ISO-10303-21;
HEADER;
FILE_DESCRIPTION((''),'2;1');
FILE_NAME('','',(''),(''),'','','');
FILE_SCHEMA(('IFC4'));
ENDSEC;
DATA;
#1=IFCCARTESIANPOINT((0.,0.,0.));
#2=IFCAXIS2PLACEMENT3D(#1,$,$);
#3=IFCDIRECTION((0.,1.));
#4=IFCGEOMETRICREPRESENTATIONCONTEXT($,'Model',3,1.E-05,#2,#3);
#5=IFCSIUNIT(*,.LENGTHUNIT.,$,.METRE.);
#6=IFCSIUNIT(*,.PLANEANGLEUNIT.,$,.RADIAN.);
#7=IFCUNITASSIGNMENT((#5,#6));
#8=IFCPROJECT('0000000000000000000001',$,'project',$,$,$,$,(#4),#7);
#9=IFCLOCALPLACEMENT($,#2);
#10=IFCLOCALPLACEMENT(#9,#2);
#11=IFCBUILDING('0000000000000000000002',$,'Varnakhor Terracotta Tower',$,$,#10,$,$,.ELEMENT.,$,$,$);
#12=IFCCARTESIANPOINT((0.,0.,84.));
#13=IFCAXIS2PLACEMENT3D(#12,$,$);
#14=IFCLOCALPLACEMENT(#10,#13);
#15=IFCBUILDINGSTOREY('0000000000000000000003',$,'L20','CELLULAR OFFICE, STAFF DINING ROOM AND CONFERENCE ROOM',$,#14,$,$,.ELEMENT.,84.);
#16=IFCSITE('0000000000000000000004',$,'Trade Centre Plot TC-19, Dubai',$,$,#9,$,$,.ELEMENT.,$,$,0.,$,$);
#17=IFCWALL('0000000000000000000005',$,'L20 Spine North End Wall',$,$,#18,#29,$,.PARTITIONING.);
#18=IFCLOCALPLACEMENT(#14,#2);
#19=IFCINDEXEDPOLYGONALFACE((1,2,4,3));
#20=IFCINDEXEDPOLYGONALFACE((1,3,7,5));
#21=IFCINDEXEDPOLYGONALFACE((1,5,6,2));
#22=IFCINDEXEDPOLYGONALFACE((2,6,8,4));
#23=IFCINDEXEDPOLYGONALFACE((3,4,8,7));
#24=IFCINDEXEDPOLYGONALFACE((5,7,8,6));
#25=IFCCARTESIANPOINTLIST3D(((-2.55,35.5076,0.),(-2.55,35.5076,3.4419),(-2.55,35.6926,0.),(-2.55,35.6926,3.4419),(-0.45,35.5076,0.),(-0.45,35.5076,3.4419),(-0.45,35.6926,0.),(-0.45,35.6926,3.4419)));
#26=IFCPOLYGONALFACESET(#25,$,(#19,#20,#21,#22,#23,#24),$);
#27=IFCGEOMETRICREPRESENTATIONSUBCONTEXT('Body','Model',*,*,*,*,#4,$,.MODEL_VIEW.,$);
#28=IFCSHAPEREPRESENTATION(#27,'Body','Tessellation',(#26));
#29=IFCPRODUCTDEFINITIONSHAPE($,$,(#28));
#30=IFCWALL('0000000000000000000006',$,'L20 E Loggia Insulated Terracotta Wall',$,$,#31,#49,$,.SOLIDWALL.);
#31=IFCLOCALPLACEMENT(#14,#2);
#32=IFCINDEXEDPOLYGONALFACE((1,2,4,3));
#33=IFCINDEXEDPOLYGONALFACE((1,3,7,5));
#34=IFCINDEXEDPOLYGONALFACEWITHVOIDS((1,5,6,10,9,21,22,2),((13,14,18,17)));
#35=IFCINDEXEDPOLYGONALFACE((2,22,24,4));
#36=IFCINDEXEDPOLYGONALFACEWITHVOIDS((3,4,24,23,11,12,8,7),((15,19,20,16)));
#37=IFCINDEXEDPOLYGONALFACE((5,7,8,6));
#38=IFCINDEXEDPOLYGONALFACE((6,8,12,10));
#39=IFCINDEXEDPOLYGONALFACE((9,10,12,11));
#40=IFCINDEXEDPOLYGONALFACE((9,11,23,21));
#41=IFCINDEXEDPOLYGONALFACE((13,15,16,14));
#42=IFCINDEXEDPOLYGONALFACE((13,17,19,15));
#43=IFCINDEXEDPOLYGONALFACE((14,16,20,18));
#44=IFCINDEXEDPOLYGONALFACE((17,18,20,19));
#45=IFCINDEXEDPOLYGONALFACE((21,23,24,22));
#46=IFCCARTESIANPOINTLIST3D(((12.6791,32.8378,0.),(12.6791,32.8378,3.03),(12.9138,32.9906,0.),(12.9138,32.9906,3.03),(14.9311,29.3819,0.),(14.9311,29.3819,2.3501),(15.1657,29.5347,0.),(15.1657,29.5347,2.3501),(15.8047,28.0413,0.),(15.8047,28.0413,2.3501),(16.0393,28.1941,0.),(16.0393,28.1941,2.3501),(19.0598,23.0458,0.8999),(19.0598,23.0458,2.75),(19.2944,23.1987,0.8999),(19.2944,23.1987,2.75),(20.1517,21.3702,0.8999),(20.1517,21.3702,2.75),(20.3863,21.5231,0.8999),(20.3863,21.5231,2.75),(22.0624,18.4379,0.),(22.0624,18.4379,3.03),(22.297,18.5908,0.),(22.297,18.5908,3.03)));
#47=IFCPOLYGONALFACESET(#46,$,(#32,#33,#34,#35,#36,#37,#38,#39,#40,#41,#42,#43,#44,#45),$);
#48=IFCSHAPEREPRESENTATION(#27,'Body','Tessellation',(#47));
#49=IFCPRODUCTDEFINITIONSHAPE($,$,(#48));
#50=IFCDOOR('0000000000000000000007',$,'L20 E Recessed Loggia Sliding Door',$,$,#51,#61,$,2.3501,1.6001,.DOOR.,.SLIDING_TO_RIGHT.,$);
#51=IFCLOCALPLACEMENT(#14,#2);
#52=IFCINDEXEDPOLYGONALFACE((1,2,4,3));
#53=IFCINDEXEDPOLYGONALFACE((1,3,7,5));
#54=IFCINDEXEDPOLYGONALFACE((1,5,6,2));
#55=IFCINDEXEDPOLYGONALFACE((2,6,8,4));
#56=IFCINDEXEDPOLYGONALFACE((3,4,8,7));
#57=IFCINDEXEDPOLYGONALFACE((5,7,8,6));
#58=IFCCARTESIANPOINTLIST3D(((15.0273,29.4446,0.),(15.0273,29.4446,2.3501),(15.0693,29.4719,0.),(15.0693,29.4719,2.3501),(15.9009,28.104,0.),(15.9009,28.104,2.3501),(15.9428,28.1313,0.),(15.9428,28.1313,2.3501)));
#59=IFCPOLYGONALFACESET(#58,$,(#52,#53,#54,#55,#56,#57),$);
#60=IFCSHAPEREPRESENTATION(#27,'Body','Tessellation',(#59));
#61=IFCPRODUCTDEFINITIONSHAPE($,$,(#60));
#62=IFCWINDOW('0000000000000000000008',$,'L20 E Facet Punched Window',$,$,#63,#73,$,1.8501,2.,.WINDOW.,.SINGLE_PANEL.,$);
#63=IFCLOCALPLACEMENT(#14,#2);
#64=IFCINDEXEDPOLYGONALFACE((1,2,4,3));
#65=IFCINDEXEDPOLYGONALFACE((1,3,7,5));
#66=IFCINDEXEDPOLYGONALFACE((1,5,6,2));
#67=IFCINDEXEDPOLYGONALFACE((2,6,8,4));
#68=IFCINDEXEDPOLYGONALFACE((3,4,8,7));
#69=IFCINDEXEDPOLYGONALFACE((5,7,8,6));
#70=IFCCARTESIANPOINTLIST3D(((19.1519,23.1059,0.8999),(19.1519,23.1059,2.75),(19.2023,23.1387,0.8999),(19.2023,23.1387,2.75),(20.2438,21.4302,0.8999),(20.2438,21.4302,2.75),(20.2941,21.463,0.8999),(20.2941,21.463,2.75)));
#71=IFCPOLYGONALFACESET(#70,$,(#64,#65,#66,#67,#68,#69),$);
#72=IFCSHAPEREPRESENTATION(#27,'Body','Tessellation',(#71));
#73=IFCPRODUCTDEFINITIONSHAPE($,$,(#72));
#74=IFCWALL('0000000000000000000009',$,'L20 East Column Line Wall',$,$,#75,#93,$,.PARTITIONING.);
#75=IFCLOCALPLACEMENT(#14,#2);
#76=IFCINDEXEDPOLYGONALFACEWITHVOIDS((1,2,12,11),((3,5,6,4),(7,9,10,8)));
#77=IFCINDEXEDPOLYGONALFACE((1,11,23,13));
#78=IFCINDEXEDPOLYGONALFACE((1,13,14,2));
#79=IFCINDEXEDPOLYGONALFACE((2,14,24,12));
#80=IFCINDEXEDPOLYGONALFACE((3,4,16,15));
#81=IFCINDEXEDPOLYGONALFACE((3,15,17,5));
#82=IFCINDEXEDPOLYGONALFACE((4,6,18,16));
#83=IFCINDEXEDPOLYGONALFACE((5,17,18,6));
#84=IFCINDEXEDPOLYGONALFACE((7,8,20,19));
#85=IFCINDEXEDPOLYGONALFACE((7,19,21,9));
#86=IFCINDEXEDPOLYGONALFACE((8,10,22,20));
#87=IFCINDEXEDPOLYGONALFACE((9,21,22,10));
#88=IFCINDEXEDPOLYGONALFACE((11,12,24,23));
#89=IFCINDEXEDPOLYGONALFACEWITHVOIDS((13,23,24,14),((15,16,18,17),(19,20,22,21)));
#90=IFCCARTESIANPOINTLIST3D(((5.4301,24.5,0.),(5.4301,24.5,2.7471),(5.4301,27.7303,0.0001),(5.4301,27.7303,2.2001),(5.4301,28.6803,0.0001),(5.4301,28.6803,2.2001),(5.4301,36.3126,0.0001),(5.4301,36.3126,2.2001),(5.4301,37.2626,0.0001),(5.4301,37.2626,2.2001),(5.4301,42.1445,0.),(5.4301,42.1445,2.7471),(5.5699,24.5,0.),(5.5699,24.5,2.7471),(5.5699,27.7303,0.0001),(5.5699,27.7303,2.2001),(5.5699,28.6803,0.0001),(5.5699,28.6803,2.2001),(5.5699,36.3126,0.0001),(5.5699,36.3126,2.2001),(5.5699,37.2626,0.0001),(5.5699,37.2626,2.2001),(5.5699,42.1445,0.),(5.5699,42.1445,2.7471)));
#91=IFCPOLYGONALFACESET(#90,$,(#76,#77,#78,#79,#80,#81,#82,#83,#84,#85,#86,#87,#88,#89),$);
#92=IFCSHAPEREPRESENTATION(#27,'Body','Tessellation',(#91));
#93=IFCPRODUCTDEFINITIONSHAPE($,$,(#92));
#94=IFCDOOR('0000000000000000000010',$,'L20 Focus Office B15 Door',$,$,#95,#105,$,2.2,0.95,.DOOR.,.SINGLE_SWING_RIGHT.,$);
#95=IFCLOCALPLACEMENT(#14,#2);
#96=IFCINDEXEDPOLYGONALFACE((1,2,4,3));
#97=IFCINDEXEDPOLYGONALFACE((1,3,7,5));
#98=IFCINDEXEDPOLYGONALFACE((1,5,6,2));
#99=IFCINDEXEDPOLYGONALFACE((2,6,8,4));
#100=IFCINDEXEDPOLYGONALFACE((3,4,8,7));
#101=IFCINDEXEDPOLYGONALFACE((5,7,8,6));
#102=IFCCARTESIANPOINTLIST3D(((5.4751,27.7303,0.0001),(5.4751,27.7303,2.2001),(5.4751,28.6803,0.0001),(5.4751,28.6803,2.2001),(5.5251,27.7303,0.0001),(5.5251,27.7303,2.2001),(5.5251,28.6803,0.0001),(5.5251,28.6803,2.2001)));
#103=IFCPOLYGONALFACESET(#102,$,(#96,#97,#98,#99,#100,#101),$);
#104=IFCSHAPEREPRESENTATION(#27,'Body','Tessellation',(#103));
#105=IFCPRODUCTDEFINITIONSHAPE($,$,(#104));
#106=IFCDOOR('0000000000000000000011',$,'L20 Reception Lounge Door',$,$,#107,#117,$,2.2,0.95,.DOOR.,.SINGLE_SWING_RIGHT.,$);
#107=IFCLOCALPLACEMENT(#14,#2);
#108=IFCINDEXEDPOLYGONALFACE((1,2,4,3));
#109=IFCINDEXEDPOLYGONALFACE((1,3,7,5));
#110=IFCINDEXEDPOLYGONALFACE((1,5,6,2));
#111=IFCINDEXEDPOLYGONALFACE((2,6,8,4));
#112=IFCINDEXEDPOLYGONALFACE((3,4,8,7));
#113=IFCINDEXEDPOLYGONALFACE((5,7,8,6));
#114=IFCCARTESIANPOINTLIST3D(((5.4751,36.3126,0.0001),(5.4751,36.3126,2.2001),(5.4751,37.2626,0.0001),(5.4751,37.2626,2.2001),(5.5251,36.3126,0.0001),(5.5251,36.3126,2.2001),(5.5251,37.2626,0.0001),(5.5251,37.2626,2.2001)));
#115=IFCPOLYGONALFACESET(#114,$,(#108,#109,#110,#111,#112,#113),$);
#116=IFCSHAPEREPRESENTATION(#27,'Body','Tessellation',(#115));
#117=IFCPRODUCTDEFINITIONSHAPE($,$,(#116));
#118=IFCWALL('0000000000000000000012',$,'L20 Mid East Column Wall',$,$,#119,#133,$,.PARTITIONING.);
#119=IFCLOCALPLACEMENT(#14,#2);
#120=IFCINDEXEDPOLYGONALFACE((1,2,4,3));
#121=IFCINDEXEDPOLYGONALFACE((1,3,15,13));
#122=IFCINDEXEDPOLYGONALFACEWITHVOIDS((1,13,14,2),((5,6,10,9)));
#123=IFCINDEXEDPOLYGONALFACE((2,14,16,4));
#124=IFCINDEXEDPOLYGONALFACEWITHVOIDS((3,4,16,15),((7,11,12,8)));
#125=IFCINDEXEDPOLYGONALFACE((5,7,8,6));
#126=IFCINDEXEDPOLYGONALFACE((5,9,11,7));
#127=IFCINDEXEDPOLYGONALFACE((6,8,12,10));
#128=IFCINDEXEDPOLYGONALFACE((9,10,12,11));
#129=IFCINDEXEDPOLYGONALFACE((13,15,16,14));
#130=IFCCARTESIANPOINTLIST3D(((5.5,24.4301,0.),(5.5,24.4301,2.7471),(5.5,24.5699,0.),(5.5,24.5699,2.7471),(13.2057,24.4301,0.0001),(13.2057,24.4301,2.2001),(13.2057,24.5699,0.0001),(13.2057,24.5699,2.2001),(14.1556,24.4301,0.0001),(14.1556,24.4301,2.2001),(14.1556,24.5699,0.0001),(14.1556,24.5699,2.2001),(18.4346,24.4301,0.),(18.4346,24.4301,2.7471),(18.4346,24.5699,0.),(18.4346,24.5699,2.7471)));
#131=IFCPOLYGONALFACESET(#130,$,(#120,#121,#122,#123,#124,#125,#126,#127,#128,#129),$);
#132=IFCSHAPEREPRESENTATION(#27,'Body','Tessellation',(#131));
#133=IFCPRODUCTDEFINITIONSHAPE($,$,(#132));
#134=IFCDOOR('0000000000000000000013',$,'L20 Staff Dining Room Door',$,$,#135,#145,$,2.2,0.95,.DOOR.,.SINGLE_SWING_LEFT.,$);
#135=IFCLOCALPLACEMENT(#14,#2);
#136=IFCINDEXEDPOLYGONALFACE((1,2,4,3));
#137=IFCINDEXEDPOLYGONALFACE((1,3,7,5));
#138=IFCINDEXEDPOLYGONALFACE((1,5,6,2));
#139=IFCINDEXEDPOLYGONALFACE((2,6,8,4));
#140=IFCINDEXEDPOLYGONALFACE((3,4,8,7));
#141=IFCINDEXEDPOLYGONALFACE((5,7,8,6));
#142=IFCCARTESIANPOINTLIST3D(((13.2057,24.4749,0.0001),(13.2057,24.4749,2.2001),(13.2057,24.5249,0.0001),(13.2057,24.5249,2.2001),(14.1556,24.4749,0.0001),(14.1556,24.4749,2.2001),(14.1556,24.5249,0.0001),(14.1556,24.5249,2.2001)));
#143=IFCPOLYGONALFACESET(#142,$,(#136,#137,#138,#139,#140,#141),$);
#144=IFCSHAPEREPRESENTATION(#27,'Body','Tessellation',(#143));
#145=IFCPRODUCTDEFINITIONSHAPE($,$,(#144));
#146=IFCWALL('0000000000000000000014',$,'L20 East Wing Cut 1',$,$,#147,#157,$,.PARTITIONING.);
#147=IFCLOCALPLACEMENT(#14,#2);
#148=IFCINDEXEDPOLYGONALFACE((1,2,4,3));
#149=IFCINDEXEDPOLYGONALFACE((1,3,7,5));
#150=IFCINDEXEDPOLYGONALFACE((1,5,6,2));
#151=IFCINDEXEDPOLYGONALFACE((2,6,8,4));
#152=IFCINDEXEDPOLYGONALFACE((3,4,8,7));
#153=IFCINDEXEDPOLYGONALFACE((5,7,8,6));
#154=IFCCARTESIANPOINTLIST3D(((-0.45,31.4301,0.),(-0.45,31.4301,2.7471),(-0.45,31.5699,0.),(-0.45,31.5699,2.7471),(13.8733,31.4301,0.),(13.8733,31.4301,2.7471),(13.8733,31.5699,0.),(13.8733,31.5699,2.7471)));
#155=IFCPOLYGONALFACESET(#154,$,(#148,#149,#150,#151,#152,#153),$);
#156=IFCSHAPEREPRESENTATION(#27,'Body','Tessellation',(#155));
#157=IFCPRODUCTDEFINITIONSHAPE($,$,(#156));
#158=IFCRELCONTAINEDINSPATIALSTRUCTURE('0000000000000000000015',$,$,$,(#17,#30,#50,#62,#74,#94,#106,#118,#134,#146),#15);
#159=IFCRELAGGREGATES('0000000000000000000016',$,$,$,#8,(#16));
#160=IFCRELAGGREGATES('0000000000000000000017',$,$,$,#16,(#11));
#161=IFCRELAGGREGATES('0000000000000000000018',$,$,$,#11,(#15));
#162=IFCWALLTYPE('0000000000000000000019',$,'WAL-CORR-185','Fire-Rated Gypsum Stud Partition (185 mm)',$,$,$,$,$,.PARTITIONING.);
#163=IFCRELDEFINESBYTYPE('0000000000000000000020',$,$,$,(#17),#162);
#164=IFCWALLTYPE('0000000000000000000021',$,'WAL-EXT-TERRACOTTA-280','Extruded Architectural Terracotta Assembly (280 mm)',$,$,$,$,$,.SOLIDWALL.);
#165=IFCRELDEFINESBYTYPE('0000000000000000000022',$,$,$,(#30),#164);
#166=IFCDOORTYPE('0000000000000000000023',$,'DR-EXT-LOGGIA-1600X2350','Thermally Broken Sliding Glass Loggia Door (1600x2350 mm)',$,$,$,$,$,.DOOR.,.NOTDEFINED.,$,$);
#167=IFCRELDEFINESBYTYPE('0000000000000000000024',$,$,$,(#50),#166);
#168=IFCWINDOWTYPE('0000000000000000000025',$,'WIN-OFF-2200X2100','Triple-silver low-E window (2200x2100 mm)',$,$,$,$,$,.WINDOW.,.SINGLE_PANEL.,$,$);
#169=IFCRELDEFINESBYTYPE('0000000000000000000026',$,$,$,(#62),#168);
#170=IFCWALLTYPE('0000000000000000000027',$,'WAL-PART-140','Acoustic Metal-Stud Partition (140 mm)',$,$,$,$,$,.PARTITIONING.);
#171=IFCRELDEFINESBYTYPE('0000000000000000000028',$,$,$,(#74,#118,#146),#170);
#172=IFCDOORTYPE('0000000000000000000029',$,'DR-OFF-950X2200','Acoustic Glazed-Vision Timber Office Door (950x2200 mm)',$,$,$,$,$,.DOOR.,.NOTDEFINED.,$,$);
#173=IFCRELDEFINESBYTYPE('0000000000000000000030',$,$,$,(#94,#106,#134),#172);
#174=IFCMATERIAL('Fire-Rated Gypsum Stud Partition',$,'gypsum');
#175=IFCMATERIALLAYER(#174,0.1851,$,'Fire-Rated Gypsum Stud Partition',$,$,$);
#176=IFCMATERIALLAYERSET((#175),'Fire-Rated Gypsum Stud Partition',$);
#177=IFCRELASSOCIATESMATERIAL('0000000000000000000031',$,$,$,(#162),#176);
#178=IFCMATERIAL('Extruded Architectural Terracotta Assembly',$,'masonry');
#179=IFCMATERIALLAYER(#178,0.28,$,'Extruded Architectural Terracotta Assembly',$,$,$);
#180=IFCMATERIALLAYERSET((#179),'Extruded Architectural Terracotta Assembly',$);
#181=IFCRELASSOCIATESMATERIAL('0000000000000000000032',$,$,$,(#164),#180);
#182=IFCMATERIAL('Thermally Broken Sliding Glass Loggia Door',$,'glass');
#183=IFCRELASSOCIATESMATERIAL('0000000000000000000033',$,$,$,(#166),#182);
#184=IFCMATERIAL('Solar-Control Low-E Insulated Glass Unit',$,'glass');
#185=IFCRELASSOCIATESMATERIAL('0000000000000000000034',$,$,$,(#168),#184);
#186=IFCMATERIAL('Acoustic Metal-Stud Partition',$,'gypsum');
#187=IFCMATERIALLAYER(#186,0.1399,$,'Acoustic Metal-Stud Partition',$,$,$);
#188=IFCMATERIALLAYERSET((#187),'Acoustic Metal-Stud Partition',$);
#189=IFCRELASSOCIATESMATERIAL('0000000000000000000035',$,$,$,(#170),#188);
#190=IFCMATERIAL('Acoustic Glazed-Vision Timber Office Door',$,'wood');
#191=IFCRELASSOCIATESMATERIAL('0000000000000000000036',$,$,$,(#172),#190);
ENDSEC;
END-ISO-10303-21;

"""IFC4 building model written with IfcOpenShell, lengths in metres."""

from ifc_helpers import new_model, si_unit, direction, frame, frame_2d, origin, place, context, subcontext, project, spatial, rectangle, extrude, source, transform, mapped, material, layer, layer_set, type_object, type_shapes, element, fill, save


model = new_model("IFC4")

# Units and contexts
model_context = context("Model", 3, precision=1e-05, world=origin(), true_north=direction((0.0, 1.0)))
body_context = subcontext(model_context, "Body", "Model", "MODEL_VIEW")
ifc_project = project(units=[si_unit("LENGTHUNIT", "METRE"), si_unit("PLANEANGLEUNIT", "RADIAN")], contexts=[model_context])

# Site, building, storey
site_placement = place(None, origin())
site = spatial("IfcSite", under=ifc_project, at=site_placement, Name="Trade Centre Plot TC-19, Dubai", CompositionType="ELEMENT", RefElevation=0.0)
building_placement = place(site_placement, origin())
building = spatial("IfcBuilding", under=site, at=building_placement, Name="Varnakhor Terracotta Tower", CompositionType="ELEMENT")
storey_placement = place(building_placement, frame((0.0, 0.0, 84.0)))
storey = spatial("IfcBuildingStorey", under=building, at=storey_placement, Name="L20", Description="CELLULAR OFFICE, STAFF DINING ROOM AND CONFERENCE ROOM", CompositionType="ELEMENT", Elevation=84.0)

# Wall
ifc_material_1 = material(Name="Fire-Rated Gypsum Stud Partition", Category="gypsum")
ifc_layer_1 = layer(ifc_material_1, 0.1851, Name="Fire-Rated Gypsum Stud Partition")
ifc_layer_set_1 = layer_set([ifc_layer_1], Name="Fire-Rated Gypsum Stud Partition")
wall_type_1 = type_object("IfcWallType", Name="WAL-CORR-185", Description="Fire-Rated Gypsum Stud Partition (185 mm)", PredefinedType="PARTITIONING", material=ifc_layer_set_1)
wall_1_placement = place(storey_placement, frame((-2.55, 35.6001, 0.0), z_axis=(0.0, 0.0, 1.0), x_axis=(1.0, 0.0, 0.0)))
element("IfcWall", 1, at=wall_1_placement, inside=storey, type_object=wall_type_1, Name="L20 Spine North End Wall", PredefinedType="PARTITIONING", context=body_context, shape_type="SweptSolid", body=[
    extrude(rectangle(XDim=2.1001, YDim=0.1851, at=frame_2d((1.05, 0.0))), origin(), (0.0, 0.0, 1.0), 3.4419),
])

# Wall, openings, door, window
ifc_material_2 = material(Name="Extruded Architectural Terracotta Assembly", Category="masonry")
ifc_layer_2 = layer(ifc_material_2, 0.28, Name="Extruded Architectural Terracotta Assembly")
ifc_layer_set_2 = layer_set([ifc_layer_2], Name="Extruded Architectural Terracotta Assembly")
wall_type_2 = type_object("IfcWallType", Name="WAL-EXT-TERRACOTTA-280", Description="Extruded Architectural Terracotta Assembly (280 mm)", PredefinedType="SOLIDWALL", material=ifc_layer_set_2)
wall_2_placement = place(storey_placement, frame((12.7964, 32.9143, 0.0), z_axis=(0.0, 0.0, 1.0), x_axis=(0.545944, -0.837822, 0.0)))
wall_2 = element("IfcWall", 2, at=wall_2_placement, inside=storey, type_object=wall_type_2, Name="L20 E Loggia Insulated Terracotta Wall", PredefinedType="SOLIDWALL", context=body_context, shape_type="SweptSolid", body=[
    extrude(rectangle(XDim=17.1873, YDim=0.28, at=frame_2d((8.5938, 0.0))), origin(), (0.0, 0.0, 1.0), 3.03),
])
opening_1_placement = place(wall_2_placement, frame((4.125, 0.0, 0.0)))
opening_1 = element("IfcOpeningElement", 3, at=opening_1_placement, cuts=wall_2, PredefinedType="OPENING", context=body_context, shape_type="SweptSolid", body=[
    extrude(rectangle(XDim=1.6001, YDim=2.3501, at=frame_2d((0.8, 1.175))), frame((0.0, 0.1499, 0.0), z_axis=(0.0, -1.0, 0.0), x_axis=(1.0, 0.0, 0.0)), (0.0, 0.0, 1.0), 0.3),
])
opening_2_placement = place(wall_2_placement, frame((11.6875, 0.0, 0.8999)))
opening_2 = element("IfcOpeningElement", 4, at=opening_2_placement, cuts=wall_2, PredefinedType="OPENING", context=body_context, shape_type="SweptSolid", body=[
    extrude(rectangle(XDim=2.0, YDim=1.8501, at=frame_2d((1.0, 0.925))), frame((0.0, 0.1499, 0.0), z_axis=(0.0, -1.0, 0.0), x_axis=(1.0, 0.0, 0.0)), (0.0, 0.0, 1.0), 0.3),
])
ifc_material_3 = material(Name="Thermally Broken Sliding Glass Loggia Door", Category="glass")
door_type_1 = type_object("IfcDoorType", Name="DR-EXT-LOGGIA-1600X2350", Description="Thermally Broken Sliding Glass Loggia Door (1600x2350 mm)", OperationType="NOTDEFINED", PredefinedType="DOOR", material=ifc_material_3)
shared_shape_1 = source(origin(), body_context, "Body", "SweptSolid", [
    extrude(rectangle(XDim=1.6001, YDim=2.3501, at=frame_2d((0.8, 1.175))), frame((0.0, 0.0249, 0.0), z_axis=(0.0, -1.0, 0.0), x_axis=(1.0, 0.0, 0.0)), (0.0, 0.0, 1.0), 0.05),
])
type_shapes(door_type_1, [shared_shape_1])
door_1_placement = place(opening_1_placement, origin())
door_1 = element("IfcDoor", 5, at=door_1_placement, inside=storey, type_object=door_type_1, Name="L20 E Recessed Loggia Sliding Door", OperationType="SLIDING_TO_RIGHT", OverallHeight=2.3501, OverallWidth=1.6001, PredefinedType="DOOR", context=body_context, shape_type="MappedRepresentation", body=[
    mapped(shared_shape_1, transform((0.0, 0.0, 0.0), scale=1.0)),
])
fill(opening_1, door_1)
ifc_material_4 = material(Name="Solar-Control Low-E Insulated Glass Unit", Category="glass")
window_type = type_object("IfcWindowType", Name="WIN-OFF-2200X2100", Description="Triple-silver low-E window (2200x2100 mm)", PartitioningType="SINGLE_PANEL", PredefinedType="WINDOW", material=ifc_material_4)
shared_shape_2 = source(origin(), body_context, "Body", "SweptSolid", [
    extrude(rectangle(XDim=2.0, YDim=1.8501, at=frame_2d((1.0, 0.925))), frame((0.0, 0.03, 0.0), z_axis=(0.0, -1.0, 0.0), x_axis=(1.0, 0.0, 0.0)), (0.0, 0.0, 1.0), 0.0601),
])
type_shapes(window_type, [shared_shape_2])
window_placement = place(opening_2_placement, origin())
window = element("IfcWindow", 6, at=window_placement, inside=storey, type_object=window_type, Name="L20 E Facet Punched Window", OverallHeight=1.8501, OverallWidth=2.0, PartitioningType="SINGLE_PANEL", PredefinedType="WINDOW", context=body_context, shape_type="MappedRepresentation", body=[
    mapped(shared_shape_2, transform((0.0, 0.0, 0.0), scale=1.0)),
])
fill(opening_2, window)

# Wall, openings, doors
ifc_material_5 = material(Name="Acoustic Metal-Stud Partition", Category="gypsum")
ifc_layer_3 = layer(ifc_material_5, 0.1399, Name="Acoustic Metal-Stud Partition")
ifc_layer_set_3 = layer_set([ifc_layer_3], Name="Acoustic Metal-Stud Partition")
wall_type_3 = type_object("IfcWallType", Name="WAL-PART-140", Description="Acoustic Metal-Stud Partition (140 mm)", PredefinedType="PARTITIONING", material=ifc_layer_set_3)
wall_3_placement = place(storey_placement, frame((5.5, 24.5, 0.0), z_axis=(0.0, 0.0, 1.0), x_axis=(0.0, 1.0, 0.0)))
wall_3 = element("IfcWall", 7, at=wall_3_placement, inside=storey, type_object=wall_type_3, Name="L20 East Column Line Wall", PredefinedType="PARTITIONING", context=body_context, shape_type="SweptSolid", body=[
    extrude(rectangle(XDim=17.6445, YDim=0.1399, at=frame_2d((8.8223, 0.0))), origin(), (0.0, 0.0, 1.0), 2.7471),
])
opening_3_placement = place(wall_3_placement, frame((3.2302, 0.0, 0.0)))
opening_3 = element("IfcOpeningElement", 8, at=opening_3_placement, cuts=wall_3, PredefinedType="OPENING", context=body_context, shape_type="SweptSolid", body=[
    extrude(rectangle(XDim=0.95, YDim=2.2, at=frame_2d((0.4751, 1.1001))), frame((0.0, 0.0801, 0.0), z_axis=(0.0, -1.0, 0.0), x_axis=(1.0, 0.0, 0.0)), (0.0, 0.0, 1.0), 0.1599),
])
opening_4_placement = place(wall_3_placement, frame((11.8125, 0.0, 0.0)))
opening_4 = element("IfcOpeningElement", 9, at=opening_4_placement, cuts=wall_3, PredefinedType="OPENING", context=body_context, shape_type="SweptSolid", body=[
    extrude(rectangle(XDim=0.95, YDim=2.2, at=frame_2d((0.4751, 1.1001))), frame((0.0, 0.0801, 0.0), z_axis=(0.0, -1.0, 0.0), x_axis=(1.0, 0.0, 0.0)), (0.0, 0.0, 1.0), 0.1599),
])
ifc_material_6 = material(Name="Acoustic Glazed-Vision Timber Office Door", Category="wood")
door_type_2 = type_object("IfcDoorType", Name="DR-OFF-950X2200", Description="Acoustic Glazed-Vision Timber Office Door (950x2200 mm)", OperationType="NOTDEFINED", PredefinedType="DOOR", material=ifc_material_6)
shared_shape_3 = source(origin(), body_context, "Body", "SweptSolid", [
    extrude(rectangle(XDim=0.95, YDim=2.2, at=frame_2d((0.4751, 1.1001))), frame((0.0, 0.0249, 0.0), z_axis=(0.0, -1.0, 0.0), x_axis=(1.0, 0.0, 0.0)), (0.0, 0.0, 1.0), 0.05),
])
type_shapes(door_type_2, [shared_shape_3])
door_2_placement = place(opening_3_placement, origin())
door_2 = element("IfcDoor", 10, at=door_2_placement, inside=storey, type_object=door_type_2, Name="L20 Focus Office B15 Door", OperationType="SINGLE_SWING_RIGHT", OverallHeight=2.2, OverallWidth=0.95, PredefinedType="DOOR", context=body_context, shape_type="MappedRepresentation", body=[
    mapped(shared_shape_3, transform((0.0, 0.0, 0.0), scale=1.0)),
])
fill(opening_3, door_2)
door_3_placement = place(opening_4_placement, origin())
door_3 = element("IfcDoor", 11, at=door_3_placement, inside=storey, type_object=door_type_2, Name="L20 Reception Lounge Door", OperationType="SINGLE_SWING_RIGHT", OverallHeight=2.2, OverallWidth=0.95, PredefinedType="DOOR", context=body_context, shape_type="MappedRepresentation", body=[
    mapped(shared_shape_3, transform((0.0, 0.0, 0.0), scale=1.0)),
])
fill(opening_4, door_3)

# Wall, opening, door
wall_4_placement = place(storey_placement, frame((5.5, 24.5, 0.0), z_axis=(0.0, 0.0, 1.0), x_axis=(1.0, 0.0, 0.0)))
wall_4 = element("IfcWall", 12, at=wall_4_placement, inside=storey, type_object=wall_type_3, Name="L20 Mid East Column Wall", PredefinedType="PARTITIONING", context=body_context, shape_type="SweptSolid", body=[
    extrude(rectangle(XDim=12.9346, YDim=0.1399, at=frame_2d((6.4673, 0.0))), origin(), (0.0, 0.0, 1.0), 2.7471),
])
opening_5_placement = place(wall_4_placement, frame((7.7056, 0.0, 0.0)))
opening_5 = element("IfcOpeningElement", 13, at=opening_5_placement, cuts=wall_4, PredefinedType="OPENING", context=body_context, shape_type="SweptSolid", body=[
    extrude(rectangle(XDim=0.95, YDim=2.2, at=frame_2d((0.4751, 1.1001))), frame((0.0, 0.0801, 0.0), z_axis=(0.0, -1.0, 0.0), x_axis=(1.0, 0.0, 0.0)), (0.0, 0.0, 1.0), 0.1599),
])
door_4_placement = place(opening_5_placement, origin())
door_4 = element("IfcDoor", 14, at=door_4_placement, inside=storey, type_object=door_type_2, Name="L20 Staff Dining Room Door", OperationType="SINGLE_SWING_LEFT", OverallHeight=2.2, OverallWidth=0.95, PredefinedType="DOOR", context=body_context, shape_type="MappedRepresentation", body=[
    mapped(shared_shape_3, transform((0.0, 0.0, 0.0), scale=1.0)),
])
fill(opening_5, door_4)

# Wall
wall_5_placement = place(storey_placement, frame((-0.45, 31.5, 0.0), z_axis=(0.0, 0.0, 1.0), x_axis=(1.0, 0.0, 0.0)))
element("IfcWall", 15, at=wall_5_placement, inside=storey, type_object=wall_type_3, Name="L20 East Wing Cut 1", PredefinedType="PARTITIONING", context=body_context, shape_type="SweptSolid", body=[
    extrude(rectangle(XDim=14.3232, YDim=0.1399, at=frame_2d((7.1616, 0.0))), origin(), (0.0, 0.0, 1.0), 2.7471),
])

save(model, "model.ifc")
